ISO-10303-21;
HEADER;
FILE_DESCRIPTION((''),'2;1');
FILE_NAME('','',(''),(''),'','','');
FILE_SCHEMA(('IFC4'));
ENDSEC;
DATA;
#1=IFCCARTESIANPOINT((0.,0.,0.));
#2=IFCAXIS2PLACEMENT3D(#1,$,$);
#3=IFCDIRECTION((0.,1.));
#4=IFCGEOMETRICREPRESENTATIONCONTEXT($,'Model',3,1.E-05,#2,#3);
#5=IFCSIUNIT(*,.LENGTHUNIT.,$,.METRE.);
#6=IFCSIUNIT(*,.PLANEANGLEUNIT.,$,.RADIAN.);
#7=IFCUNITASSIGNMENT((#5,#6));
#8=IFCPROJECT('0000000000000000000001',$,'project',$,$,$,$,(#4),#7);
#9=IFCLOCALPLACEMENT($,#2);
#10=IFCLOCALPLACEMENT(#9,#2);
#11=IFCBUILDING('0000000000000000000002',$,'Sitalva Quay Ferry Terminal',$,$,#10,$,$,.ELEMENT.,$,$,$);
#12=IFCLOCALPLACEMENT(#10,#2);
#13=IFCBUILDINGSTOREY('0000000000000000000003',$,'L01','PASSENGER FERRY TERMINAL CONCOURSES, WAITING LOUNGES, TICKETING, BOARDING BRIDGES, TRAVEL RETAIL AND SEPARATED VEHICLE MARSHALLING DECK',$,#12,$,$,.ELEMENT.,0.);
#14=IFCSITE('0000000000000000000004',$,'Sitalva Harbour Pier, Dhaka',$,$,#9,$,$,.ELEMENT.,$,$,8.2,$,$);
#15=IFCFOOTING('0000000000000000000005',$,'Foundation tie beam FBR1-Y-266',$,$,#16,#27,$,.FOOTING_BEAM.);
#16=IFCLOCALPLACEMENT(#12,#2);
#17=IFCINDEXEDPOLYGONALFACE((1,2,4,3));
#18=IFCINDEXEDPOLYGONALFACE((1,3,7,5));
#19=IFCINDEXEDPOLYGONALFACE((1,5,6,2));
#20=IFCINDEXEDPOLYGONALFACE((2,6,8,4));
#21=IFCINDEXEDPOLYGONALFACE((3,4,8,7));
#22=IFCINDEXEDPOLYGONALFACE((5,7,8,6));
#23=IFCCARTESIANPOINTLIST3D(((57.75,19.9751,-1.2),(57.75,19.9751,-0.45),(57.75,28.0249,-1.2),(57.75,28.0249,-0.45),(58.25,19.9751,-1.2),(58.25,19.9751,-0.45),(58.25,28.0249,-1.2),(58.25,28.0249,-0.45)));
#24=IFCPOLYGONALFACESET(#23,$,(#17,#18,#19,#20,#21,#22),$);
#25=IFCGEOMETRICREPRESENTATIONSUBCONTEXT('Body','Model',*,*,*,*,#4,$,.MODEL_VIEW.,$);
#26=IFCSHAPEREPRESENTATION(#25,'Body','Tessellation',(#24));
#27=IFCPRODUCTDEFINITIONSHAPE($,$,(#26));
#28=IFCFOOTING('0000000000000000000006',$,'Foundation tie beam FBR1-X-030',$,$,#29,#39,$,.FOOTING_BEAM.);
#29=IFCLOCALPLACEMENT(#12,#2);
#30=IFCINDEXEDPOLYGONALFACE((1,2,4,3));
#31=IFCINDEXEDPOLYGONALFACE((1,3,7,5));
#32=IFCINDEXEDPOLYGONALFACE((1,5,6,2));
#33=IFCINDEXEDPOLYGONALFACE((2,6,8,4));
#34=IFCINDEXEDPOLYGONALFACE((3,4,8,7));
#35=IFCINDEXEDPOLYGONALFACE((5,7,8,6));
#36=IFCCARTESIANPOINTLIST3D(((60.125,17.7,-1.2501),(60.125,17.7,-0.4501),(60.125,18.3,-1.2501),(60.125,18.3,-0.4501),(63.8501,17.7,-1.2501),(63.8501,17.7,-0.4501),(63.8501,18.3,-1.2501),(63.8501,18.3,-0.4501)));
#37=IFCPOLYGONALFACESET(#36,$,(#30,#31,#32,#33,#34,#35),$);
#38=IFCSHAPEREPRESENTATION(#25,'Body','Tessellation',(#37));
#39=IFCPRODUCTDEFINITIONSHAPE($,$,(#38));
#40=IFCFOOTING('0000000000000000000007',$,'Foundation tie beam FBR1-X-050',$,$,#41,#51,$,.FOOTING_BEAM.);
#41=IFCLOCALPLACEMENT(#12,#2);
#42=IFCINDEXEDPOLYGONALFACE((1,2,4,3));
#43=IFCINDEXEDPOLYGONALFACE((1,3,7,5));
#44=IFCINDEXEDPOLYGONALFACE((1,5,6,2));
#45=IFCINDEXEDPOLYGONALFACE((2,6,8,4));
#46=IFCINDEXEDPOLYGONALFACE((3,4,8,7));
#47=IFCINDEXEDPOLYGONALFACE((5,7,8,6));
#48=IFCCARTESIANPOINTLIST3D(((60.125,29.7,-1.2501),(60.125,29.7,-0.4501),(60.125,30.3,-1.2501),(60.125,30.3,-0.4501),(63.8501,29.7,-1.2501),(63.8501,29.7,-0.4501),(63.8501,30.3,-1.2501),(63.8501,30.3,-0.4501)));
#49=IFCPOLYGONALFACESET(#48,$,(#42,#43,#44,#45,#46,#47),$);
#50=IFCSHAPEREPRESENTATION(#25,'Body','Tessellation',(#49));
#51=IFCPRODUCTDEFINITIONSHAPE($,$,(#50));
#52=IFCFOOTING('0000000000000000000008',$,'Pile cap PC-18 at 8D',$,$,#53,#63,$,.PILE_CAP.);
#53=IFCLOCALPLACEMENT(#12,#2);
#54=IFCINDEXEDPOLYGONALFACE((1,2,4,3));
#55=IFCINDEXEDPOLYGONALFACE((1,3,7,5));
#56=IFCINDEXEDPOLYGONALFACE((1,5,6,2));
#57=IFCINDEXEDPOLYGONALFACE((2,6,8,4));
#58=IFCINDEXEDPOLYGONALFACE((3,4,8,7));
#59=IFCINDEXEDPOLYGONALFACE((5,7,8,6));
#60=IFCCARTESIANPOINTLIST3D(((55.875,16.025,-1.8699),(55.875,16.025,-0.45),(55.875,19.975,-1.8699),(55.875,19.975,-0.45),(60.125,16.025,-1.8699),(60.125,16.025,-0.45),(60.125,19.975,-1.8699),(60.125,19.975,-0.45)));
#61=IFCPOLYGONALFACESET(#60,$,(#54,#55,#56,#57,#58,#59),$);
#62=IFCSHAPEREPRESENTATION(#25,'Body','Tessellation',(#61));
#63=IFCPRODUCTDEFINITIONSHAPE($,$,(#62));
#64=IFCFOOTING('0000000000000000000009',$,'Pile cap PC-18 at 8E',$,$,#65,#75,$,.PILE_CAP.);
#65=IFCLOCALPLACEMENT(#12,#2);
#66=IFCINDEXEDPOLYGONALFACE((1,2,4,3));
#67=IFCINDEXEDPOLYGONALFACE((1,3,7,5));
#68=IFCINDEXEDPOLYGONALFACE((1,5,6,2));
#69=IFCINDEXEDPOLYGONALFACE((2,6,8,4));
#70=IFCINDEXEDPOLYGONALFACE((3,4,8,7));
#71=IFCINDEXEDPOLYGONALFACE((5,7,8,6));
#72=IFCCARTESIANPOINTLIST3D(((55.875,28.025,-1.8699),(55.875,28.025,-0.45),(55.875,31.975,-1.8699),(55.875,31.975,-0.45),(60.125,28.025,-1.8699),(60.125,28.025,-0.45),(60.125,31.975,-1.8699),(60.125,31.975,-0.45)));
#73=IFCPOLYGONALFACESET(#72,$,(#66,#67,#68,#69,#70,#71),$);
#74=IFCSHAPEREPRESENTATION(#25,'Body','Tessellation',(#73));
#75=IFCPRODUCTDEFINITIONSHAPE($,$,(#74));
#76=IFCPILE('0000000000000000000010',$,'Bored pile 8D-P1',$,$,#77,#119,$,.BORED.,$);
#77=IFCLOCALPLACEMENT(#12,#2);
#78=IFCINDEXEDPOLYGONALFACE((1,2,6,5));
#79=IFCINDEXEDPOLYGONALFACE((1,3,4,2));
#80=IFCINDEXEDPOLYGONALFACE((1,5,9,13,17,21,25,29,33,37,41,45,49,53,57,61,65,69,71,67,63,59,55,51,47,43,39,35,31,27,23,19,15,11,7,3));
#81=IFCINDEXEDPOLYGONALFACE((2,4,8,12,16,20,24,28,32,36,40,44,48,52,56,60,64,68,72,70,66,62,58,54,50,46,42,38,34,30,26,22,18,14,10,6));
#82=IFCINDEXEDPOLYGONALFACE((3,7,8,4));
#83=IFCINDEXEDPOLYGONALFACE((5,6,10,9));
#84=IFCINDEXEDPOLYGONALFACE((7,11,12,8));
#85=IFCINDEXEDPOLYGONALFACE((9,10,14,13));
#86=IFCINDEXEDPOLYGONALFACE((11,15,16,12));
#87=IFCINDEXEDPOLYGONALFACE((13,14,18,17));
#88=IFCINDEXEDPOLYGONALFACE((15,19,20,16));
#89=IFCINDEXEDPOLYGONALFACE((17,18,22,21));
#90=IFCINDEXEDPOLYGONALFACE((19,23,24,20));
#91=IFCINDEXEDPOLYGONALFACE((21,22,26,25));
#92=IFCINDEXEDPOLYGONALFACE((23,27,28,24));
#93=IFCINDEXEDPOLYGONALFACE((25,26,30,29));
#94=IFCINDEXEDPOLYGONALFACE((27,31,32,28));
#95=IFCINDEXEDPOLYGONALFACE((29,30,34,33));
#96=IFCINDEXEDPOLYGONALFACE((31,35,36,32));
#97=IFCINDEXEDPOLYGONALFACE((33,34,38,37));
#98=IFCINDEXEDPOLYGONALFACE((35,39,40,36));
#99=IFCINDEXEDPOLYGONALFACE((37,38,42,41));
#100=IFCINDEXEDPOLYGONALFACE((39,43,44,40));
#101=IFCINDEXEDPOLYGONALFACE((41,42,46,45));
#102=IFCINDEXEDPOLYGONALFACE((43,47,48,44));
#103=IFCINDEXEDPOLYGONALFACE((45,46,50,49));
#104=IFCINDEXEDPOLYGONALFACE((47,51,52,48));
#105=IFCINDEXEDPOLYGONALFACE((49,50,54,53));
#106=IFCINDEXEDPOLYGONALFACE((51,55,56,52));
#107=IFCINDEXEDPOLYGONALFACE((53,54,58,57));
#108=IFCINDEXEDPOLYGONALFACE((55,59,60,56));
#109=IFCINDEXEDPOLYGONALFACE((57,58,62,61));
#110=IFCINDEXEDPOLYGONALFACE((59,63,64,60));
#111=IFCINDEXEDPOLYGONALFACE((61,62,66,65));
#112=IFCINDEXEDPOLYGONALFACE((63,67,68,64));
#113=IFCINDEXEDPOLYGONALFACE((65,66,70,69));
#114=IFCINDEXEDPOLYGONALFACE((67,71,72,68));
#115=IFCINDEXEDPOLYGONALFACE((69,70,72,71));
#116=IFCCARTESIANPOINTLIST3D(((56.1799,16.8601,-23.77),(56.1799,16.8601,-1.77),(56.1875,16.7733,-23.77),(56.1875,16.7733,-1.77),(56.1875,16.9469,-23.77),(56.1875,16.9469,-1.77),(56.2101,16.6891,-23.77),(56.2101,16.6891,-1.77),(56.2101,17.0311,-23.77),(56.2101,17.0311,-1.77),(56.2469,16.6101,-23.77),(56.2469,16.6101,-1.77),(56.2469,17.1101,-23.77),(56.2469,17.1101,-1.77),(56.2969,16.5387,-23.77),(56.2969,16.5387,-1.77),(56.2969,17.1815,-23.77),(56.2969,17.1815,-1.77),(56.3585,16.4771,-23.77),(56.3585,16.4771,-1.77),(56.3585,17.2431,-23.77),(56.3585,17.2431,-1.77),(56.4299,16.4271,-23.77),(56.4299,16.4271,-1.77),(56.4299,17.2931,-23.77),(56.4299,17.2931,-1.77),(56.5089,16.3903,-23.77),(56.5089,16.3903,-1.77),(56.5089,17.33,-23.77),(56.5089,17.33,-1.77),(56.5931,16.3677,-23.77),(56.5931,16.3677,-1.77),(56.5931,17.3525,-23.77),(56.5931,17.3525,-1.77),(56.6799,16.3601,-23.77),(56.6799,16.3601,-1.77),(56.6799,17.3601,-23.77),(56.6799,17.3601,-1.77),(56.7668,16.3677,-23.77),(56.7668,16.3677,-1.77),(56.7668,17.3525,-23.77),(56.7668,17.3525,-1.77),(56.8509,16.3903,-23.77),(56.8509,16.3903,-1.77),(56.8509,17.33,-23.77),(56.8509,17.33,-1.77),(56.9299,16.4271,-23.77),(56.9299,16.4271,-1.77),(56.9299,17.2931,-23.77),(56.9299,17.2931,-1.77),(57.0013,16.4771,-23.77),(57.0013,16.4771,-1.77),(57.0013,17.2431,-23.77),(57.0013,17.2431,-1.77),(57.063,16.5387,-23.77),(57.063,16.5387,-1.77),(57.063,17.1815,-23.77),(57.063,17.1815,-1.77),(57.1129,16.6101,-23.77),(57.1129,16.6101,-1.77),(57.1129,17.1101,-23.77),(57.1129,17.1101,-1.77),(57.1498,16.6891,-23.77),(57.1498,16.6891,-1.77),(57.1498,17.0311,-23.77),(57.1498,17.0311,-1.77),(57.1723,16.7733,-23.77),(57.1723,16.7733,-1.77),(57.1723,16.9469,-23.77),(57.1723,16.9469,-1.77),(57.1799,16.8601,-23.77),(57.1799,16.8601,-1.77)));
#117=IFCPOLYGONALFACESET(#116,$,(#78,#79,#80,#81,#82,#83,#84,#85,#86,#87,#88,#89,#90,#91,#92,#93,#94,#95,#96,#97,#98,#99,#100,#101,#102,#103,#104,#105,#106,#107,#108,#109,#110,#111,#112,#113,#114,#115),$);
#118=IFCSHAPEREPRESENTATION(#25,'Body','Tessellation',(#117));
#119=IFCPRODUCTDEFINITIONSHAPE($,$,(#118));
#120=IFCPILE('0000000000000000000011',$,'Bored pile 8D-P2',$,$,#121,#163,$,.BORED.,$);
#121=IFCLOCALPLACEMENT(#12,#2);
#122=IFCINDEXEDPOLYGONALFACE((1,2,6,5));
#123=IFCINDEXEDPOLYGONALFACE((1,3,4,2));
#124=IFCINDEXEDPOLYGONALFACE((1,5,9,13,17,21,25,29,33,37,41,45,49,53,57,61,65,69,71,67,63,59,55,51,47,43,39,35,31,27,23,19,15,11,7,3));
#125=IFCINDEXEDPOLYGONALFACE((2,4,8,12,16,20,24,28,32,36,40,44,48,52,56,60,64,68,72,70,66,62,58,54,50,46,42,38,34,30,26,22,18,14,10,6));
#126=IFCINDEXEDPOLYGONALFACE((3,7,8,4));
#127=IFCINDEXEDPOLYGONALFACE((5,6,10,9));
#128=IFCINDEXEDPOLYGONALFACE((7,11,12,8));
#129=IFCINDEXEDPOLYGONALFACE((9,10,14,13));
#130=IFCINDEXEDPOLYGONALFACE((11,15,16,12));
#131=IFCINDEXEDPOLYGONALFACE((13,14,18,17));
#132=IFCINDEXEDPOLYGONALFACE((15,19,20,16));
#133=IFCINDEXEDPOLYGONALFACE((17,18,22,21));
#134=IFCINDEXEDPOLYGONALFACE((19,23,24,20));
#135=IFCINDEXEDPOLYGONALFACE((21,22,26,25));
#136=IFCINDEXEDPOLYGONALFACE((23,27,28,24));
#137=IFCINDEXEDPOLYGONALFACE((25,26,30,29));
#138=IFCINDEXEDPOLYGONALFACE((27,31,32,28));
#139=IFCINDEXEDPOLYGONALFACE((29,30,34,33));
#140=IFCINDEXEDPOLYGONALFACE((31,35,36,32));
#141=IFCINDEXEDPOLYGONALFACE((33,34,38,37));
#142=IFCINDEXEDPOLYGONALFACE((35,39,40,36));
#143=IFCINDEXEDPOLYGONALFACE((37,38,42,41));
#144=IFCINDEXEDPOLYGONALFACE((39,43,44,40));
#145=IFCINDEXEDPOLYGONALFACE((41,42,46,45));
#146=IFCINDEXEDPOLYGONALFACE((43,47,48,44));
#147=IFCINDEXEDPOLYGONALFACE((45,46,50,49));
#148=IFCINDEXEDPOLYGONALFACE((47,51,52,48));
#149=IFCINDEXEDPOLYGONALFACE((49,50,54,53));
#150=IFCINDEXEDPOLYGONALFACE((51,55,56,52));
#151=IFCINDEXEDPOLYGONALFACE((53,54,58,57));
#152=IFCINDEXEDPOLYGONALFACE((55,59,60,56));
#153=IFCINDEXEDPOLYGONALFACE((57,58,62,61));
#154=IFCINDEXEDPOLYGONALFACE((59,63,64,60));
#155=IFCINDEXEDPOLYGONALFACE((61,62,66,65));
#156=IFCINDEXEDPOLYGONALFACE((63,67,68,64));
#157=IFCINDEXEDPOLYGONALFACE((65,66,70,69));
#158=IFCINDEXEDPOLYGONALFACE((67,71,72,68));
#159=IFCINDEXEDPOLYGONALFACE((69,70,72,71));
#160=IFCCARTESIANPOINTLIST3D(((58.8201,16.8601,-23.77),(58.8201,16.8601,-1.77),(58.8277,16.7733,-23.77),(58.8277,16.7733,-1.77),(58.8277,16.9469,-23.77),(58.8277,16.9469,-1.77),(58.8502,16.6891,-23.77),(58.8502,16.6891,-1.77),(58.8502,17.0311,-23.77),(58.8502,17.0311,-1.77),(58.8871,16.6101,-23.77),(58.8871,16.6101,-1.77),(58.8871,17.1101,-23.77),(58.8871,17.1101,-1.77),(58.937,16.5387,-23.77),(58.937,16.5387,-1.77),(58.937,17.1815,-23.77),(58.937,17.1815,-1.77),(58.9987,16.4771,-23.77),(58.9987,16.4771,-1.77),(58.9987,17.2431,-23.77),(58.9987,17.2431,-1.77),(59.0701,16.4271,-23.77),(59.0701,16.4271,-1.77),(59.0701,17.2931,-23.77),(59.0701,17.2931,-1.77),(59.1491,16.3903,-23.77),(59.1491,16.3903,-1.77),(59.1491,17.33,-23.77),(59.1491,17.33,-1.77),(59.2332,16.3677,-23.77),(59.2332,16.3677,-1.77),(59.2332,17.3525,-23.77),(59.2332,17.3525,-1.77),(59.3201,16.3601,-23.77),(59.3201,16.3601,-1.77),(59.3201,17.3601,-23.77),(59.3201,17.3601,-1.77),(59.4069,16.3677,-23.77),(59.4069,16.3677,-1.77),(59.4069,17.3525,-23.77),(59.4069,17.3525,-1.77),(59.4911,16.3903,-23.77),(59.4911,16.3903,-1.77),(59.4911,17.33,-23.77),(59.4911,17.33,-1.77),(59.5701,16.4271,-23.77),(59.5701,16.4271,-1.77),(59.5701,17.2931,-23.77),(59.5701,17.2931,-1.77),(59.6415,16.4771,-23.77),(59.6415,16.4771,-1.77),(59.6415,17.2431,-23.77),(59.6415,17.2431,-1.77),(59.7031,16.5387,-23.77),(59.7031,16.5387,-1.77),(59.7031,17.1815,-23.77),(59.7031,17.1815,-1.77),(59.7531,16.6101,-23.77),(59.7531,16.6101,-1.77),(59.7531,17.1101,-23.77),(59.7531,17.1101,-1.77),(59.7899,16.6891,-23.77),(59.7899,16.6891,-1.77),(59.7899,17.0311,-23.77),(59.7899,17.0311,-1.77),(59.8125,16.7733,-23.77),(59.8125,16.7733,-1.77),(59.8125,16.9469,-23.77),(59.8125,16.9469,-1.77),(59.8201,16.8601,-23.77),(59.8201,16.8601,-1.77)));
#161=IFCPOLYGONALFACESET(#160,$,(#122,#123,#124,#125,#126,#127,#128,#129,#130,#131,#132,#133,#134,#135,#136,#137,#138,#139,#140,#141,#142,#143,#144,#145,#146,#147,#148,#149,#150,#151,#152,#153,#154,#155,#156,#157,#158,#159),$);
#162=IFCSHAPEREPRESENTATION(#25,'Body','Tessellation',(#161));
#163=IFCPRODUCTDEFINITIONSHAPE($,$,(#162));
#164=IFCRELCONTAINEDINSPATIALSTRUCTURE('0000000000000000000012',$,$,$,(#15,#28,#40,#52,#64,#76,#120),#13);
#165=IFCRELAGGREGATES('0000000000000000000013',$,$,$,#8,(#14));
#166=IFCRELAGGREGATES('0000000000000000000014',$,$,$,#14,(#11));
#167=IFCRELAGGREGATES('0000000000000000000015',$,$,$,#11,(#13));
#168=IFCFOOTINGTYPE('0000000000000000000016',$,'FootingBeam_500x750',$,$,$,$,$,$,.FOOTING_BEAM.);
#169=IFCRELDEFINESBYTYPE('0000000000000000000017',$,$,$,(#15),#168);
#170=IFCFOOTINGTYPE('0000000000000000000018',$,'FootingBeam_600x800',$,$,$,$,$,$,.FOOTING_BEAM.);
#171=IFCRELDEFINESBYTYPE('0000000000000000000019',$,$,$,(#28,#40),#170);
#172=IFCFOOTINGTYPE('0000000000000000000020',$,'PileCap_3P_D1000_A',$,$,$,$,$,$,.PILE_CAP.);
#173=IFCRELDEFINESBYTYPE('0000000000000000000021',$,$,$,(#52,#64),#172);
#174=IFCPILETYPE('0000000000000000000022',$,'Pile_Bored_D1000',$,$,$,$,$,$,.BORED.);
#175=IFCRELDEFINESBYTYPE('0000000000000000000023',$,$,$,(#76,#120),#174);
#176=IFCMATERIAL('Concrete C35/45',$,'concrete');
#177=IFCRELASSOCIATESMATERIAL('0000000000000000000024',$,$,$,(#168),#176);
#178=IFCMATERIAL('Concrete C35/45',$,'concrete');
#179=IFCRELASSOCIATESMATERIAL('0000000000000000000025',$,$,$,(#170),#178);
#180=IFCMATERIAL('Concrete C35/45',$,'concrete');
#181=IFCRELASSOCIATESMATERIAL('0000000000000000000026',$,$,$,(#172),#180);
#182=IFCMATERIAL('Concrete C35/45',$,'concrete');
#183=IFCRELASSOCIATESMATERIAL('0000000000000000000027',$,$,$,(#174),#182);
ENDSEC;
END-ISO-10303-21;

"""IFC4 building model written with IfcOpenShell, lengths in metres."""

from ifc_helpers import new_model, si_unit, direction, frame, origin, origin_2d, place, context, subcontext, project, spatial, rectangle, circle, extrude, material, material_profile, profile_set, type_object, element, save


model = new_model("IFC4")

# Units and contexts
model_context = context("Model", 3, precision=1e-05, world=origin(), true_north=direction((0.0, 1.0)))
body_context = subcontext(model_context, "Body", "Model", "MODEL_VIEW")
ifc_project = project(units=[si_unit("LENGTHUNIT", "METRE"), si_unit("PLANEANGLEUNIT", "RADIAN")], contexts=[model_context])

# Site, building, storey
site_placement = place(None, origin())
site = spatial("IfcSite", under=ifc_project, at=site_placement, Name="Sitalva Harbour Pier, Dhaka", CompositionType="ELEMENT", RefElevation=8.2)
building_placement = place(site_placement, origin())
building = spatial("IfcBuilding", under=site, at=building_placement, Name="Sitalva Quay Ferry Terminal", CompositionType="ELEMENT")
storey_placement = place(building_placement, origin())
storey = spatial("IfcBuildingStorey", under=building, at=storey_placement, Name="L01", Description="PASSENGER FERRY TERMINAL CONCOURSES, WAITING LOUNGES, TICKETING, BOARDING BRIDGES, TRAVEL RETAIL AND SEPARATED VEHICLE MARSHALLING DECK", CompositionType="ELEMENT", Elevation=0.0)

# Footings
ifc_material_1 = material(Name="Concrete C35/45", Category="concrete")
ifc_material_profile_1 = material_profile(ifc_material_1, rectangle(XDim=0.5, YDim=0.75, at=origin_2d()), Name="RC500x750")
ifc_profile_set_1 = profile_set([ifc_material_profile_1], Name="Concrete C35/45")
footing_type_1 = type_object("IfcFootingType", Name="FootingBeam_500x750", PredefinedType="FOOTING_BEAM", material=ifc_profile_set_1)
footing_placement = place(storey_placement, frame((58.0, 19.9751, -0.825), z_axis=(0.0, 1.0, 0.0), x_axis=(-1.0, 0.0, 0.0)))
element("IfcFooting", 1, at=footing_placement, inside=storey, type_object=footing_type_1, Name="Foundation tie beam FBR1-Y-266", PredefinedType="FOOTING_BEAM", context=body_context, shape_type="SweptSolid", body=[
    extrude(rectangle(XDim=0.5, YDim=0.75, at=origin_2d()), origin(), (0.0, 0.0, 1.0), 8.0498),
])
ifc_material_2 = material(Name="Concrete C35/45", Category="concrete")
ifc_material_profile_2 = material_profile(ifc_material_2, rectangle(XDim=0.6001, YDim=0.8, at=origin_2d()), Name="RC600x800")
ifc_profile_set_2 = profile_set([ifc_material_profile_2], Name="Concrete C35/45")
footing_type_2 = type_object("IfcFootingType", Name="FootingBeam_600x800", PredefinedType="FOOTING_BEAM", material=ifc_profile_set_2)
for number, where, z_axis, x_axis, name in (
    (2, (60.125, 18.0, -0.8501), (1.0, 0.0, 0.0), (0.0, 1.0, 0.0), "Foundation tie beam FBR1-X-030"),
    (3, (60.125, 30.0, -0.8501), (1.0, 0.0, 0.0), (0.0, 1.0, 0.0), "Foundation tie beam FBR1-X-050"),
):
    element("IfcFooting", number, at=place(storey_placement, frame(where, z_axis=z_axis, x_axis=x_axis)), inside=storey, type_object=footing_type_2, Name=name, PredefinedType="FOOTING_BEAM", context=body_context, shape_type="SweptSolid", body=[
        extrude(rectangle(XDim=0.6001, YDim=0.8, at=origin_2d()), origin(), (0.0, 0.0, 1.0), 3.7251),
    ])
ifc_material_3 = material(Name="Concrete C35/45", Category="concrete")
footing_type_3 = type_object("IfcFootingType", Name="PileCap_3P_D1000_A", PredefinedType="PILE_CAP", material=ifc_material_3)
for number, where, z_axis, x_axis, name in (
    (4, (58.0, 18.0, -1.8699), (0.0, 0.0, 1.0), (1.0, 0.0, 0.0), "Pile cap PC-18 at 8D"),
    (5, (58.0, 30.0, -1.8699), (0.0, 0.0, 1.0), (1.0, 0.0, 0.0), "Pile cap PC-18 at 8E"),
):
    element("IfcFooting", number, at=place(storey_placement, frame(where, z_axis=z_axis, x_axis=x_axis)), inside=storey, type_object=footing_type_3, Name=name, PredefinedType="PILE_CAP", context=body_context, shape_type="SweptSolid", body=[
        extrude(rectangle(XDim=4.25, YDim=3.95, at=origin_2d()), origin(), (0.0, 0.0, 1.0), 1.4199),
    ])

# Piles
ifc_material_4 = material(Name="Concrete C35/45", Category="concrete")
ifc_material_profile_3 = material_profile(ifc_material_4, circle(Radius=0.5, at=origin_2d()), Name="PILE-D1000")
ifc_profile_set_3 = profile_set([ifc_material_profile_3], Name="Concrete C35/45")
pile_type = type_object("IfcPileType", Name="Pile_Bored_D1000", PredefinedType="BORED", material=ifc_profile_set_3)
for number, where, z_axis, x_axis, name in (
    (6, (56.6799, 16.8601, -1.77), (0.0, 0.0, -1.0), (1.0, 0.0, 0.0), "Bored pile 8D-P1"),
    (7, (59.3201, 16.8601, -1.77), (0.0, 0.0, -1.0), (1.0, 0.0, 0.0), "Bored pile 8D-P2"),
):
    element("IfcPile", number, at=place(storey_placement, frame(where, z_axis=z_axis, x_axis=x_axis)), inside=storey, type_object=pile_type, Name=name, PredefinedType="BORED", context=body_context, shape_type="SweptSolid", body=[
        extrude(circle(Radius=0.5, at=origin_2d()), origin(), (0.0, 0.0, 1.0), 22.0),
    ])

save(model, "model.ifc")
